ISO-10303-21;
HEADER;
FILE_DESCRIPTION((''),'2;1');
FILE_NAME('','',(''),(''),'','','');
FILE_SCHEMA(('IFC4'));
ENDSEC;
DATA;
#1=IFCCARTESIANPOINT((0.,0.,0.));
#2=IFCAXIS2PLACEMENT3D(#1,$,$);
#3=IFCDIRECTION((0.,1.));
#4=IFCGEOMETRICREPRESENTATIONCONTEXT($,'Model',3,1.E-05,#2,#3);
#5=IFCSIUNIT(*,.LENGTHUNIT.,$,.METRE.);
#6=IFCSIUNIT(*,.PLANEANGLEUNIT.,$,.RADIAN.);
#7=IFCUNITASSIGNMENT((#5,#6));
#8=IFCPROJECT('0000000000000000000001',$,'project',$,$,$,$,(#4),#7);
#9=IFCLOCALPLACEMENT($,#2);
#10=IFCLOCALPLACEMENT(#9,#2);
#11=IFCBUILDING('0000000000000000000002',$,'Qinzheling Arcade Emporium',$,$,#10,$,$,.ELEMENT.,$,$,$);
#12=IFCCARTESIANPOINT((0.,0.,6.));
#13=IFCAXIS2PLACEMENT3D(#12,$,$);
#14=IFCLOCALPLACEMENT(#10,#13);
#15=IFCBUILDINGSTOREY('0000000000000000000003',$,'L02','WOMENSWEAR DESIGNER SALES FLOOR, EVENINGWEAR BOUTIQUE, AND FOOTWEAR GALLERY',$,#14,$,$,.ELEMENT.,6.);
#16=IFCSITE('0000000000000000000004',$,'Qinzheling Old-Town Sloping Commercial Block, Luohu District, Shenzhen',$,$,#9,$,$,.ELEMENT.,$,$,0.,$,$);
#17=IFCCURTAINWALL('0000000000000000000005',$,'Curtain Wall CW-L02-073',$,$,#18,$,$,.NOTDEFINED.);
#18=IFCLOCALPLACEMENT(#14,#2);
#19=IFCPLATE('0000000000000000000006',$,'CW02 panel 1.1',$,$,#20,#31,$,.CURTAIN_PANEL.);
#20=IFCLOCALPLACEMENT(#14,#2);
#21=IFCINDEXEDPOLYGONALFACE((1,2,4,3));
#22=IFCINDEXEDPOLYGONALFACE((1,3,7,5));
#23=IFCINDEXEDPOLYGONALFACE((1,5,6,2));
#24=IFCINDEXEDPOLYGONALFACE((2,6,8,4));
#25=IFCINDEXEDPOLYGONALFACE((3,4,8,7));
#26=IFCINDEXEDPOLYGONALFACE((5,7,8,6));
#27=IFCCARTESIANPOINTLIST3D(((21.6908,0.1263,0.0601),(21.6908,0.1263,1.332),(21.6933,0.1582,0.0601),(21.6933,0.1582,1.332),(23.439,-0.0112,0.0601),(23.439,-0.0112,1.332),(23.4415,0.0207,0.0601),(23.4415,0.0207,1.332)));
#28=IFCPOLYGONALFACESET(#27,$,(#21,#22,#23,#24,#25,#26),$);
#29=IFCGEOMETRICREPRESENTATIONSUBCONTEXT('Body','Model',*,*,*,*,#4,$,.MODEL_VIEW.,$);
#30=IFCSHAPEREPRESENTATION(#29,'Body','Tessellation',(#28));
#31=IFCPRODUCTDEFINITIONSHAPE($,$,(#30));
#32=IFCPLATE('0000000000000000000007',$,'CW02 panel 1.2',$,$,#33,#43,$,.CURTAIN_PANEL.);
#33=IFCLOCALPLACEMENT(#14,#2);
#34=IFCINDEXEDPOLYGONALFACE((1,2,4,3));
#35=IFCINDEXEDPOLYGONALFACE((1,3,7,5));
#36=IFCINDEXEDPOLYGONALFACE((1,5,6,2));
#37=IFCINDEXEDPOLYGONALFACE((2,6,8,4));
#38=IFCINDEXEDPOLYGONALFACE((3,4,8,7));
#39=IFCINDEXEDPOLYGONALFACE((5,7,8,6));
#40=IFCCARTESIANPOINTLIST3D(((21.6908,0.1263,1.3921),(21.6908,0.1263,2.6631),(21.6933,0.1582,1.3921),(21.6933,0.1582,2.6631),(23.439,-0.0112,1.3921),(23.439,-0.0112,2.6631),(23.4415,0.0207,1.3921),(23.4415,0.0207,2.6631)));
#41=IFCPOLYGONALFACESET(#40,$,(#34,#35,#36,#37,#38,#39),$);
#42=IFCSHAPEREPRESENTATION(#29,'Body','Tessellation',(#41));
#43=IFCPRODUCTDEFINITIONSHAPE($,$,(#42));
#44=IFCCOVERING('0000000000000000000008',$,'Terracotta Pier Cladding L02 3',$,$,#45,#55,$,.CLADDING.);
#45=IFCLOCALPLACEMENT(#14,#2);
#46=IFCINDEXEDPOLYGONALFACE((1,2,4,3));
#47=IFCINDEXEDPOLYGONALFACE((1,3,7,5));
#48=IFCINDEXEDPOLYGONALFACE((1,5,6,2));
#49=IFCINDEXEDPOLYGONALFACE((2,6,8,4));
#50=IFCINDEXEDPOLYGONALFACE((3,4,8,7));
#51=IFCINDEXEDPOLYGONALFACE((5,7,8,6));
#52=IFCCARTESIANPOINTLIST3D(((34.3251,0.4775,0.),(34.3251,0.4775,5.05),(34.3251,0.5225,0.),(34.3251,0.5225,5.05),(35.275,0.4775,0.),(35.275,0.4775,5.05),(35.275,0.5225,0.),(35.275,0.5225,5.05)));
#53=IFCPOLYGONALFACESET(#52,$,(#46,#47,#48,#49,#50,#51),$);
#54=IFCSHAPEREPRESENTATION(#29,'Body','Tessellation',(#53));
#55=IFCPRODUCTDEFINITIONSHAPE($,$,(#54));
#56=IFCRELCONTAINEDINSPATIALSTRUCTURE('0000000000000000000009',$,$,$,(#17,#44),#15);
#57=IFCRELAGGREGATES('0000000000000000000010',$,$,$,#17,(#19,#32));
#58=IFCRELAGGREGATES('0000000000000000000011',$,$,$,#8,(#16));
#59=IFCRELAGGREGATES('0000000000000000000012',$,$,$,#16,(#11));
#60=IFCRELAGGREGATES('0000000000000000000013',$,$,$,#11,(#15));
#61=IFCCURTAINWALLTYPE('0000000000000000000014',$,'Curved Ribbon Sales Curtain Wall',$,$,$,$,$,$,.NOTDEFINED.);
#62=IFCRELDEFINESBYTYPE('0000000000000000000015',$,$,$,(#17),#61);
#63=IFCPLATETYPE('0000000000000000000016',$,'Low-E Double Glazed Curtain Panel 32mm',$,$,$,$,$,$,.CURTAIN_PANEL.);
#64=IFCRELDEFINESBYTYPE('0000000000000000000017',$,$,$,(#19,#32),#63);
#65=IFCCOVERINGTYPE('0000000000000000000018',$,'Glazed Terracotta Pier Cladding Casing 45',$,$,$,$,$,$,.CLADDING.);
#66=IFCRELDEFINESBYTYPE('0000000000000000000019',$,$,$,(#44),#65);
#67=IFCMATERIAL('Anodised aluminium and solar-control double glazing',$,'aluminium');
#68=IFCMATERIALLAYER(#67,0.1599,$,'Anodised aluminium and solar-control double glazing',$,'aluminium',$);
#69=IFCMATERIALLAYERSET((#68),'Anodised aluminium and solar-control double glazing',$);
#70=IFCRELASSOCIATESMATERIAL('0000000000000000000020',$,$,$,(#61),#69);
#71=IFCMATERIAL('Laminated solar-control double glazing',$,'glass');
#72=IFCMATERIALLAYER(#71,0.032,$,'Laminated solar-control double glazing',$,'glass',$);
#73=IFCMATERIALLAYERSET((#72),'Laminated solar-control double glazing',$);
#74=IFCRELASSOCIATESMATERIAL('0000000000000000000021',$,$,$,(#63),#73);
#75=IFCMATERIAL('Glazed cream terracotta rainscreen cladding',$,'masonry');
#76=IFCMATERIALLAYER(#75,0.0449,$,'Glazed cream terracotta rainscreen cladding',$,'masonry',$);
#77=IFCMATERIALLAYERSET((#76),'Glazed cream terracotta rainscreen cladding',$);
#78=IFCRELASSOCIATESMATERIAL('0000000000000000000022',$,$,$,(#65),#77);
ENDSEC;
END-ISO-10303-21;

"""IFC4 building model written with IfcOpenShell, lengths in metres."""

from ifc_helpers import new_model, si_unit, direction, frame, origin, origin_2d, place, context, subcontext, project, spatial, rectangle, extrude, material, layer, layer_set, type_object, element, aggregate, save


model = new_model("IFC4")

# Units and contexts
model_context = context("Model", 3, precision=1e-05, world=origin(), true_north=direction((0.0, 1.0)))
body_context = subcontext(model_context, "Body", "Model", "MODEL_VIEW")
ifc_project = project(units=[si_unit("LENGTHUNIT", "METRE"), si_unit("PLANEANGLEUNIT", "RADIAN")], contexts=[model_context])

# Site, building, storey
site_placement = place(None, origin())
site = spatial("IfcSite", under=ifc_project, at=site_placement, Name="Qinzheling Old-Town Sloping Commercial Block, Luohu District, Shenzhen", CompositionType="ELEMENT", RefElevation=0.0)
building_placement = place(site_placement, origin())
building = spatial("IfcBuilding", under=site, at=building_placement, Name="Qinzheling Arcade Emporium", CompositionType="ELEMENT")
storey_placement = place(building_placement, frame((0.0, 0.0, 6.0)))
storey = spatial("IfcBuildingStorey", under=building, at=storey_placement, Name="L02", Description="WOMENSWEAR DESIGNER SALES FLOOR, EVENINGWEAR BOUTIQUE, AND FOOTWEAR GALLERY", CompositionType="ELEMENT", Elevation=6.0)

# Curtain wall
ifc_material_1 = material(Name="Anodised aluminium and solar-control double glazing", Category="aluminium")
ifc_layer_1 = layer(ifc_material_1, 0.1599, Name="Anodised aluminium and solar-control double glazing", Category="aluminium")
ifc_layer_set_1 = layer_set([ifc_layer_1], Name="Anodised aluminium and solar-control double glazing")
curtain_wall_type_1 = type_object("IfcCurtainWallType", Name="Curved Ribbon Sales Curtain Wall", PredefinedType="NOTDEFINED", material=ifc_layer_set_1)
curtain_wall_1_placement = place(storey_placement, origin())
curtain_wall_1 = element("IfcCurtainWall", 1, at=curtain_wall_1_placement, inside=storey, type_object=curtain_wall_type_1, Name="Curtain Wall CW-L02-073", PredefinedType="NOTDEFINED")

# Shared definitions
ifc_material_2 = material(Name="Laminated solar-control double glazing", Category="glass")

# Plates
ifc_layer_2 = layer(ifc_material_2, 0.032, Name="Laminated solar-control double glazing", Category="glass")
ifc_layer_set_2 = layer_set([ifc_layer_2], Name="Laminated solar-control double glazing")
plate_type_1 = type_object("IfcPlateType", Name="Low-E Double Glazed Curtain Panel 32mm", PredefinedType="CURTAIN_PANEL", material=ifc_layer_set_2)
plate_1_placement = place(storey_placement, frame((22.5662, 0.0735, 0.0601), z_axis=(0.0, 0.0, 1.0), x_axis=(-0.996924, 0.078376, 0.0)))
plate_1 = element("IfcPlate", 2, at=plate_1_placement, type_object=plate_type_1, Name="CW02 panel 1.1", PredefinedType="CURTAIN_PANEL", context=body_context, shape_type="SweptSolid", body=[
    extrude(rectangle(XDim=1.7537, YDim=0.032, at=origin_2d()), origin(), (0.0, 0.0, 1.0), 1.272),
])
plate_2_placement = place(storey_placement, frame((22.5662, 0.0735, 1.3921), z_axis=(0.0, 0.0, 1.0), x_axis=(-0.996924, 0.078376, 0.0)))
plate_2 = element("IfcPlate", 3, at=plate_2_placement, type_object=plate_type_1, Name="CW02 panel 1.2", PredefinedType="CURTAIN_PANEL", context=body_context, shape_type="SweptSolid", body=[
    extrude(rectangle(XDim=1.7537, YDim=0.032, at=origin_2d()), origin(), (0.0, 0.0, 1.0), 1.271),
])
aggregate(curtain_wall_1, [plate_1, plate_2])

# Covering
ifc_material_3 = material(Name="Glazed cream terracotta rainscreen cladding", Category="masonry")
ifc_layer_3 = layer(ifc_material_3, 0.0449, Name="Glazed cream terracotta rainscreen cladding", Category="masonry")
ifc_layer_set_3 = layer_set([ifc_layer_3], Name="Glazed cream terracotta rainscreen cladding")
covering_type = type_object("IfcCoveringType", Name="Glazed Terracotta Pier Cladding Casing 45", PredefinedType="CLADDING", material=ifc_layer_set_3)
covering_placement = place(storey_placement, frame((34.8, 0.5, 0.0), z_axis=(0.0, 0.0, 1.0), x_axis=(1.0, 0.0, 0.0)))
element("IfcCovering", 4, at=covering_placement, inside=storey, type_object=covering_type, Name="Terracotta Pier Cladding L02 3", PredefinedType="CLADDING", context=body_context, shape_type="SweptSolid", body=[
    extrude(rectangle(XDim=0.95, YDim=0.0449, at=origin_2d()), origin(), (0.0, 0.0, 1.0), 5.05),
])

save(model, "model.ifc")
